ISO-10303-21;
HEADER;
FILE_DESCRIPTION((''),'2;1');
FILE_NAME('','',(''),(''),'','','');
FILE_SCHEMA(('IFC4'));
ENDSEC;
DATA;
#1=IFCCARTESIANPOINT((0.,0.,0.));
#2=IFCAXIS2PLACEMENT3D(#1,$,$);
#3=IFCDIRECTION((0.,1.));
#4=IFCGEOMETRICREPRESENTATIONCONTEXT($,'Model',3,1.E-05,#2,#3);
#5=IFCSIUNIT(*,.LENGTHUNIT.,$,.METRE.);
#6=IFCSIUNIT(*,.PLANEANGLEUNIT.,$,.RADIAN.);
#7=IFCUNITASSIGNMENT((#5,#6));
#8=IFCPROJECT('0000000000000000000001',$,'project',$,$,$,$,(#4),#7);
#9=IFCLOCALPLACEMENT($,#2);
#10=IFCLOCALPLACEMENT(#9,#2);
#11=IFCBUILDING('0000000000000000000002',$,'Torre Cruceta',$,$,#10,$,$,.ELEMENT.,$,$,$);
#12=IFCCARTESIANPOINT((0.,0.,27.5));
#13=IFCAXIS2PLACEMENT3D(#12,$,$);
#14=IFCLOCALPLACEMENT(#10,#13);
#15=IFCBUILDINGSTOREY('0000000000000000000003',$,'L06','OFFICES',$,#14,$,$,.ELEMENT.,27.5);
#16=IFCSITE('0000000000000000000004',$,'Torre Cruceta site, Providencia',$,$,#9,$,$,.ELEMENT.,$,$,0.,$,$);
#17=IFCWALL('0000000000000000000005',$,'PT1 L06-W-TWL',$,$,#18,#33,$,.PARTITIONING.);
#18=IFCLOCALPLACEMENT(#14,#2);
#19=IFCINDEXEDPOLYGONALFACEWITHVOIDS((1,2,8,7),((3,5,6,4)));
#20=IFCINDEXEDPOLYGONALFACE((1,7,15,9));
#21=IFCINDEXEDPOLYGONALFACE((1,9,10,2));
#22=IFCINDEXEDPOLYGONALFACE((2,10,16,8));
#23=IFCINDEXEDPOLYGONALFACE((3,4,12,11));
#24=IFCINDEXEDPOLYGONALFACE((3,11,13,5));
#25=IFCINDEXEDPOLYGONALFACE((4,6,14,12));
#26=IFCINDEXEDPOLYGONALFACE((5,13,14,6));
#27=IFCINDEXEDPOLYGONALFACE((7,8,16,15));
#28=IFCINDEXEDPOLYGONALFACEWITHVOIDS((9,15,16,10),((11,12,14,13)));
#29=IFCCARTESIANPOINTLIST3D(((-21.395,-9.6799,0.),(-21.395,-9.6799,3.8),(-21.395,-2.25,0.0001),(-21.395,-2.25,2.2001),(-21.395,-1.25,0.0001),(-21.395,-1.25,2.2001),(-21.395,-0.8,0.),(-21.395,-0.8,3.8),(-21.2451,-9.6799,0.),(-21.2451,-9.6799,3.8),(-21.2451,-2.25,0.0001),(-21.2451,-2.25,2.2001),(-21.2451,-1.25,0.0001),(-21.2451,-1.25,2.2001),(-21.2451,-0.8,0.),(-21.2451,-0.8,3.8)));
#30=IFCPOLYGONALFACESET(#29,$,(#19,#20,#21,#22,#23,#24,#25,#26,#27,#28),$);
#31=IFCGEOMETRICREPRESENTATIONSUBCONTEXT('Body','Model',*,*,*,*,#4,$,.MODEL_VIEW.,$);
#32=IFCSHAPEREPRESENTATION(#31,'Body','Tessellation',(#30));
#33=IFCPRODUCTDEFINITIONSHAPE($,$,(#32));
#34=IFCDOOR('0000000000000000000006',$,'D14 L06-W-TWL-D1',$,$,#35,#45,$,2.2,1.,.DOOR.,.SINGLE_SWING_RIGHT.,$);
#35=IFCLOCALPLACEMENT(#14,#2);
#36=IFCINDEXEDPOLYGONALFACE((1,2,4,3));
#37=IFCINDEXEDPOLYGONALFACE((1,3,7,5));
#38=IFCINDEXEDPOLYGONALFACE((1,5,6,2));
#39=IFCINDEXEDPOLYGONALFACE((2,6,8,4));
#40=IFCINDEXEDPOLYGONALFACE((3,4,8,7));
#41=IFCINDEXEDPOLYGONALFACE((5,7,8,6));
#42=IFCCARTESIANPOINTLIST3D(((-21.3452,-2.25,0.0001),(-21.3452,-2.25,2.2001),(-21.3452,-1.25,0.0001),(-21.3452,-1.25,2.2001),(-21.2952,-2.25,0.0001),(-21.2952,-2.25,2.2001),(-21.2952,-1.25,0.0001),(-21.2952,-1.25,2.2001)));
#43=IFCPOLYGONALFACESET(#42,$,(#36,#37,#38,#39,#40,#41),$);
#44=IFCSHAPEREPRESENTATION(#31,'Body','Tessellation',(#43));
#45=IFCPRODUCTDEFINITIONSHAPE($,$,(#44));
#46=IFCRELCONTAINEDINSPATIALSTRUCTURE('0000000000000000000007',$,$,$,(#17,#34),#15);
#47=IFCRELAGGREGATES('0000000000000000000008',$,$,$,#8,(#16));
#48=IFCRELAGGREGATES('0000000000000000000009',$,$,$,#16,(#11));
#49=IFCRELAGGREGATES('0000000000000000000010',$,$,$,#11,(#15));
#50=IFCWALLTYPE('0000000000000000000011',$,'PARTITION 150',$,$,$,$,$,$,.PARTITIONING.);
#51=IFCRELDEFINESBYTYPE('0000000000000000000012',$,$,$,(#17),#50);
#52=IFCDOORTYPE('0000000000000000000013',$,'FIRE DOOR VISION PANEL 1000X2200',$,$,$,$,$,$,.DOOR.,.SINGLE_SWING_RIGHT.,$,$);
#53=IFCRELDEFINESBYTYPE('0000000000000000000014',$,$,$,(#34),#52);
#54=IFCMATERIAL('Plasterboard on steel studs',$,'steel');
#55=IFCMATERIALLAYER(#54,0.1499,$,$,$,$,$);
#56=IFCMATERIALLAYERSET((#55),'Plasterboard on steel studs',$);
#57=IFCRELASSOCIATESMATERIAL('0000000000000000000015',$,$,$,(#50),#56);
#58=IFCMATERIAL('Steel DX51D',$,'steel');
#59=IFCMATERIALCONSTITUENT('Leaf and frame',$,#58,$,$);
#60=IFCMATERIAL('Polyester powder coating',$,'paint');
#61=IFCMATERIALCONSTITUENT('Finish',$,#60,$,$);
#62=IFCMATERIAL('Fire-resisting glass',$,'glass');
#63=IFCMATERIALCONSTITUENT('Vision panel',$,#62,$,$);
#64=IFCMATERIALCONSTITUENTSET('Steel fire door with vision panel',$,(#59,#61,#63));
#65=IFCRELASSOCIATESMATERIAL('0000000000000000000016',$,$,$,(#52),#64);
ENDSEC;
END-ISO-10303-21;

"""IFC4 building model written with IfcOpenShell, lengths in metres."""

from ifc_helpers import new_model, si_unit, direction, frame, frame_2d, origin, place, context, subcontext, project, spatial, rectangle, extrude, material, layer, layer_set, constituent, constituent_set, type_object, element, fill, save


model = new_model("IFC4")

# Units and contexts
model_context = context("Model", 3, precision=1e-05, world=origin(), true_north=direction((0.0, 1.0)))
body_context = subcontext(model_context, "Body", "Model", "MODEL_VIEW")
ifc_project = project(units=[si_unit("LENGTHUNIT", "METRE"), si_unit("PLANEANGLEUNIT", "RADIAN")], contexts=[model_context])

# Site, building, storey
site_placement = place(None, origin())
site = spatial("IfcSite", under=ifc_project, at=site_placement, Name="Torre Cruceta site, Providencia", CompositionType="ELEMENT", RefElevation=0.0)
building_placement = place(site_placement, origin())
building = spatial("IfcBuilding", under=site, at=building_placement, Name="Torre Cruceta", CompositionType="ELEMENT")
storey_placement = place(building_placement, frame((0.0, 0.0, 27.5)))
storey = spatial("IfcBuildingStorey", under=building, at=storey_placement, Name="L06", Description="OFFICES", CompositionType="ELEMENT", Elevation=27.5)

# Wall, opening, door
ifc_material_1 = material(Name="Plasterboard on steel studs", Category="steel")
ifc_layer_1 = layer(ifc_material_1, 0.1499)
ifc_layer_set_1 = layer_set([ifc_layer_1], Name="Plasterboard on steel studs")
wall_type_1 = type_object("IfcWallType", Name="PARTITION 150", PredefinedType="PARTITIONING", material=ifc_layer_set_1)
wall_1_placement = place(storey_placement, frame((-21.3201, -0.8, 0.0), z_axis=(0.0, 0.0, 1.0), x_axis=(0.0, -1.0, 0.0)))
wall_1 = element("IfcWall", 1, at=wall_1_placement, inside=storey, type_object=wall_type_1, Name="PT1 L06-W-TWL", PredefinedType="PARTITIONING", context=body_context, shape_type="SweptSolid", body=[
    extrude(rectangle(XDim=8.8799, YDim=0.1499, at=frame_2d((4.4399, 0.0))), origin(), (0.0, 0.0, 1.0), 3.8),
])
opening_1_placement = place(wall_1_placement, frame((0.45, 0.0, 0.0)))
opening_1 = element("IfcOpeningElement", 2, at=opening_1_placement, cuts=wall_1, PredefinedType="OPENING", context=body_context, shape_type="SweptSolid", body=[
    extrude(rectangle(XDim=1.0, YDim=2.2, at=frame_2d((0.5, 1.1001))), frame((0.0, 0.085, 0.0), z_axis=(0.0, -1.0, 0.0), x_axis=(1.0, 0.0, 0.0)), (0.0, 0.0, 1.0), 0.1699),
])
ifc_material_2 = material(Name="Steel DX51D", Category="steel")
ifc_constituent_1 = constituent(ifc_material_2, Name="Leaf and frame")
ifc_material_3 = material(Name="Polyester powder coating", Category="paint")
ifc_constituent_2 = constituent(ifc_material_3, Name="Finish")
ifc_material_4 = material(Name="Fire-resisting glass", Category="glass")
ifc_constituent_3 = constituent(ifc_material_4, Name="Vision panel")
ifc_constituent_set_1 = constituent_set(constituents=[ifc_constituent_1, ifc_constituent_2, ifc_constituent_3], Name="Steel fire door with vision panel")
door_type = type_object("IfcDoorType", Name="FIRE DOOR VISION PANEL 1000X2200", OperationType="SINGLE_SWING_RIGHT", PredefinedType="DOOR", material=ifc_constituent_set_1)
door_placement = place(opening_1_placement, frame((1.0, 0.0, 0.0), z_axis=(0.0, 0.0, 1.0), x_axis=(-1.0, 0.0, 0.0)))
door = element("IfcDoor", 3, at=door_placement, inside=storey, type_object=door_type, Name="D14 L06-W-TWL-D1", OperationType="SINGLE_SWING_RIGHT", OverallHeight=2.2, OverallWidth=1.0, PredefinedType="DOOR", context=body_context, shape_type="SweptSolid", body=[
    extrude(rectangle(XDim=1.0, YDim=2.2, at=frame_2d((0.5, 1.1001))), frame((0.0, 0.0251, 0.0), z_axis=(0.0, -1.0, 0.0), x_axis=(1.0, 0.0, 0.0)), (0.0, 0.0, 1.0), 0.05),
])
fill(opening_1, door)

save(model, "model.ifc")
